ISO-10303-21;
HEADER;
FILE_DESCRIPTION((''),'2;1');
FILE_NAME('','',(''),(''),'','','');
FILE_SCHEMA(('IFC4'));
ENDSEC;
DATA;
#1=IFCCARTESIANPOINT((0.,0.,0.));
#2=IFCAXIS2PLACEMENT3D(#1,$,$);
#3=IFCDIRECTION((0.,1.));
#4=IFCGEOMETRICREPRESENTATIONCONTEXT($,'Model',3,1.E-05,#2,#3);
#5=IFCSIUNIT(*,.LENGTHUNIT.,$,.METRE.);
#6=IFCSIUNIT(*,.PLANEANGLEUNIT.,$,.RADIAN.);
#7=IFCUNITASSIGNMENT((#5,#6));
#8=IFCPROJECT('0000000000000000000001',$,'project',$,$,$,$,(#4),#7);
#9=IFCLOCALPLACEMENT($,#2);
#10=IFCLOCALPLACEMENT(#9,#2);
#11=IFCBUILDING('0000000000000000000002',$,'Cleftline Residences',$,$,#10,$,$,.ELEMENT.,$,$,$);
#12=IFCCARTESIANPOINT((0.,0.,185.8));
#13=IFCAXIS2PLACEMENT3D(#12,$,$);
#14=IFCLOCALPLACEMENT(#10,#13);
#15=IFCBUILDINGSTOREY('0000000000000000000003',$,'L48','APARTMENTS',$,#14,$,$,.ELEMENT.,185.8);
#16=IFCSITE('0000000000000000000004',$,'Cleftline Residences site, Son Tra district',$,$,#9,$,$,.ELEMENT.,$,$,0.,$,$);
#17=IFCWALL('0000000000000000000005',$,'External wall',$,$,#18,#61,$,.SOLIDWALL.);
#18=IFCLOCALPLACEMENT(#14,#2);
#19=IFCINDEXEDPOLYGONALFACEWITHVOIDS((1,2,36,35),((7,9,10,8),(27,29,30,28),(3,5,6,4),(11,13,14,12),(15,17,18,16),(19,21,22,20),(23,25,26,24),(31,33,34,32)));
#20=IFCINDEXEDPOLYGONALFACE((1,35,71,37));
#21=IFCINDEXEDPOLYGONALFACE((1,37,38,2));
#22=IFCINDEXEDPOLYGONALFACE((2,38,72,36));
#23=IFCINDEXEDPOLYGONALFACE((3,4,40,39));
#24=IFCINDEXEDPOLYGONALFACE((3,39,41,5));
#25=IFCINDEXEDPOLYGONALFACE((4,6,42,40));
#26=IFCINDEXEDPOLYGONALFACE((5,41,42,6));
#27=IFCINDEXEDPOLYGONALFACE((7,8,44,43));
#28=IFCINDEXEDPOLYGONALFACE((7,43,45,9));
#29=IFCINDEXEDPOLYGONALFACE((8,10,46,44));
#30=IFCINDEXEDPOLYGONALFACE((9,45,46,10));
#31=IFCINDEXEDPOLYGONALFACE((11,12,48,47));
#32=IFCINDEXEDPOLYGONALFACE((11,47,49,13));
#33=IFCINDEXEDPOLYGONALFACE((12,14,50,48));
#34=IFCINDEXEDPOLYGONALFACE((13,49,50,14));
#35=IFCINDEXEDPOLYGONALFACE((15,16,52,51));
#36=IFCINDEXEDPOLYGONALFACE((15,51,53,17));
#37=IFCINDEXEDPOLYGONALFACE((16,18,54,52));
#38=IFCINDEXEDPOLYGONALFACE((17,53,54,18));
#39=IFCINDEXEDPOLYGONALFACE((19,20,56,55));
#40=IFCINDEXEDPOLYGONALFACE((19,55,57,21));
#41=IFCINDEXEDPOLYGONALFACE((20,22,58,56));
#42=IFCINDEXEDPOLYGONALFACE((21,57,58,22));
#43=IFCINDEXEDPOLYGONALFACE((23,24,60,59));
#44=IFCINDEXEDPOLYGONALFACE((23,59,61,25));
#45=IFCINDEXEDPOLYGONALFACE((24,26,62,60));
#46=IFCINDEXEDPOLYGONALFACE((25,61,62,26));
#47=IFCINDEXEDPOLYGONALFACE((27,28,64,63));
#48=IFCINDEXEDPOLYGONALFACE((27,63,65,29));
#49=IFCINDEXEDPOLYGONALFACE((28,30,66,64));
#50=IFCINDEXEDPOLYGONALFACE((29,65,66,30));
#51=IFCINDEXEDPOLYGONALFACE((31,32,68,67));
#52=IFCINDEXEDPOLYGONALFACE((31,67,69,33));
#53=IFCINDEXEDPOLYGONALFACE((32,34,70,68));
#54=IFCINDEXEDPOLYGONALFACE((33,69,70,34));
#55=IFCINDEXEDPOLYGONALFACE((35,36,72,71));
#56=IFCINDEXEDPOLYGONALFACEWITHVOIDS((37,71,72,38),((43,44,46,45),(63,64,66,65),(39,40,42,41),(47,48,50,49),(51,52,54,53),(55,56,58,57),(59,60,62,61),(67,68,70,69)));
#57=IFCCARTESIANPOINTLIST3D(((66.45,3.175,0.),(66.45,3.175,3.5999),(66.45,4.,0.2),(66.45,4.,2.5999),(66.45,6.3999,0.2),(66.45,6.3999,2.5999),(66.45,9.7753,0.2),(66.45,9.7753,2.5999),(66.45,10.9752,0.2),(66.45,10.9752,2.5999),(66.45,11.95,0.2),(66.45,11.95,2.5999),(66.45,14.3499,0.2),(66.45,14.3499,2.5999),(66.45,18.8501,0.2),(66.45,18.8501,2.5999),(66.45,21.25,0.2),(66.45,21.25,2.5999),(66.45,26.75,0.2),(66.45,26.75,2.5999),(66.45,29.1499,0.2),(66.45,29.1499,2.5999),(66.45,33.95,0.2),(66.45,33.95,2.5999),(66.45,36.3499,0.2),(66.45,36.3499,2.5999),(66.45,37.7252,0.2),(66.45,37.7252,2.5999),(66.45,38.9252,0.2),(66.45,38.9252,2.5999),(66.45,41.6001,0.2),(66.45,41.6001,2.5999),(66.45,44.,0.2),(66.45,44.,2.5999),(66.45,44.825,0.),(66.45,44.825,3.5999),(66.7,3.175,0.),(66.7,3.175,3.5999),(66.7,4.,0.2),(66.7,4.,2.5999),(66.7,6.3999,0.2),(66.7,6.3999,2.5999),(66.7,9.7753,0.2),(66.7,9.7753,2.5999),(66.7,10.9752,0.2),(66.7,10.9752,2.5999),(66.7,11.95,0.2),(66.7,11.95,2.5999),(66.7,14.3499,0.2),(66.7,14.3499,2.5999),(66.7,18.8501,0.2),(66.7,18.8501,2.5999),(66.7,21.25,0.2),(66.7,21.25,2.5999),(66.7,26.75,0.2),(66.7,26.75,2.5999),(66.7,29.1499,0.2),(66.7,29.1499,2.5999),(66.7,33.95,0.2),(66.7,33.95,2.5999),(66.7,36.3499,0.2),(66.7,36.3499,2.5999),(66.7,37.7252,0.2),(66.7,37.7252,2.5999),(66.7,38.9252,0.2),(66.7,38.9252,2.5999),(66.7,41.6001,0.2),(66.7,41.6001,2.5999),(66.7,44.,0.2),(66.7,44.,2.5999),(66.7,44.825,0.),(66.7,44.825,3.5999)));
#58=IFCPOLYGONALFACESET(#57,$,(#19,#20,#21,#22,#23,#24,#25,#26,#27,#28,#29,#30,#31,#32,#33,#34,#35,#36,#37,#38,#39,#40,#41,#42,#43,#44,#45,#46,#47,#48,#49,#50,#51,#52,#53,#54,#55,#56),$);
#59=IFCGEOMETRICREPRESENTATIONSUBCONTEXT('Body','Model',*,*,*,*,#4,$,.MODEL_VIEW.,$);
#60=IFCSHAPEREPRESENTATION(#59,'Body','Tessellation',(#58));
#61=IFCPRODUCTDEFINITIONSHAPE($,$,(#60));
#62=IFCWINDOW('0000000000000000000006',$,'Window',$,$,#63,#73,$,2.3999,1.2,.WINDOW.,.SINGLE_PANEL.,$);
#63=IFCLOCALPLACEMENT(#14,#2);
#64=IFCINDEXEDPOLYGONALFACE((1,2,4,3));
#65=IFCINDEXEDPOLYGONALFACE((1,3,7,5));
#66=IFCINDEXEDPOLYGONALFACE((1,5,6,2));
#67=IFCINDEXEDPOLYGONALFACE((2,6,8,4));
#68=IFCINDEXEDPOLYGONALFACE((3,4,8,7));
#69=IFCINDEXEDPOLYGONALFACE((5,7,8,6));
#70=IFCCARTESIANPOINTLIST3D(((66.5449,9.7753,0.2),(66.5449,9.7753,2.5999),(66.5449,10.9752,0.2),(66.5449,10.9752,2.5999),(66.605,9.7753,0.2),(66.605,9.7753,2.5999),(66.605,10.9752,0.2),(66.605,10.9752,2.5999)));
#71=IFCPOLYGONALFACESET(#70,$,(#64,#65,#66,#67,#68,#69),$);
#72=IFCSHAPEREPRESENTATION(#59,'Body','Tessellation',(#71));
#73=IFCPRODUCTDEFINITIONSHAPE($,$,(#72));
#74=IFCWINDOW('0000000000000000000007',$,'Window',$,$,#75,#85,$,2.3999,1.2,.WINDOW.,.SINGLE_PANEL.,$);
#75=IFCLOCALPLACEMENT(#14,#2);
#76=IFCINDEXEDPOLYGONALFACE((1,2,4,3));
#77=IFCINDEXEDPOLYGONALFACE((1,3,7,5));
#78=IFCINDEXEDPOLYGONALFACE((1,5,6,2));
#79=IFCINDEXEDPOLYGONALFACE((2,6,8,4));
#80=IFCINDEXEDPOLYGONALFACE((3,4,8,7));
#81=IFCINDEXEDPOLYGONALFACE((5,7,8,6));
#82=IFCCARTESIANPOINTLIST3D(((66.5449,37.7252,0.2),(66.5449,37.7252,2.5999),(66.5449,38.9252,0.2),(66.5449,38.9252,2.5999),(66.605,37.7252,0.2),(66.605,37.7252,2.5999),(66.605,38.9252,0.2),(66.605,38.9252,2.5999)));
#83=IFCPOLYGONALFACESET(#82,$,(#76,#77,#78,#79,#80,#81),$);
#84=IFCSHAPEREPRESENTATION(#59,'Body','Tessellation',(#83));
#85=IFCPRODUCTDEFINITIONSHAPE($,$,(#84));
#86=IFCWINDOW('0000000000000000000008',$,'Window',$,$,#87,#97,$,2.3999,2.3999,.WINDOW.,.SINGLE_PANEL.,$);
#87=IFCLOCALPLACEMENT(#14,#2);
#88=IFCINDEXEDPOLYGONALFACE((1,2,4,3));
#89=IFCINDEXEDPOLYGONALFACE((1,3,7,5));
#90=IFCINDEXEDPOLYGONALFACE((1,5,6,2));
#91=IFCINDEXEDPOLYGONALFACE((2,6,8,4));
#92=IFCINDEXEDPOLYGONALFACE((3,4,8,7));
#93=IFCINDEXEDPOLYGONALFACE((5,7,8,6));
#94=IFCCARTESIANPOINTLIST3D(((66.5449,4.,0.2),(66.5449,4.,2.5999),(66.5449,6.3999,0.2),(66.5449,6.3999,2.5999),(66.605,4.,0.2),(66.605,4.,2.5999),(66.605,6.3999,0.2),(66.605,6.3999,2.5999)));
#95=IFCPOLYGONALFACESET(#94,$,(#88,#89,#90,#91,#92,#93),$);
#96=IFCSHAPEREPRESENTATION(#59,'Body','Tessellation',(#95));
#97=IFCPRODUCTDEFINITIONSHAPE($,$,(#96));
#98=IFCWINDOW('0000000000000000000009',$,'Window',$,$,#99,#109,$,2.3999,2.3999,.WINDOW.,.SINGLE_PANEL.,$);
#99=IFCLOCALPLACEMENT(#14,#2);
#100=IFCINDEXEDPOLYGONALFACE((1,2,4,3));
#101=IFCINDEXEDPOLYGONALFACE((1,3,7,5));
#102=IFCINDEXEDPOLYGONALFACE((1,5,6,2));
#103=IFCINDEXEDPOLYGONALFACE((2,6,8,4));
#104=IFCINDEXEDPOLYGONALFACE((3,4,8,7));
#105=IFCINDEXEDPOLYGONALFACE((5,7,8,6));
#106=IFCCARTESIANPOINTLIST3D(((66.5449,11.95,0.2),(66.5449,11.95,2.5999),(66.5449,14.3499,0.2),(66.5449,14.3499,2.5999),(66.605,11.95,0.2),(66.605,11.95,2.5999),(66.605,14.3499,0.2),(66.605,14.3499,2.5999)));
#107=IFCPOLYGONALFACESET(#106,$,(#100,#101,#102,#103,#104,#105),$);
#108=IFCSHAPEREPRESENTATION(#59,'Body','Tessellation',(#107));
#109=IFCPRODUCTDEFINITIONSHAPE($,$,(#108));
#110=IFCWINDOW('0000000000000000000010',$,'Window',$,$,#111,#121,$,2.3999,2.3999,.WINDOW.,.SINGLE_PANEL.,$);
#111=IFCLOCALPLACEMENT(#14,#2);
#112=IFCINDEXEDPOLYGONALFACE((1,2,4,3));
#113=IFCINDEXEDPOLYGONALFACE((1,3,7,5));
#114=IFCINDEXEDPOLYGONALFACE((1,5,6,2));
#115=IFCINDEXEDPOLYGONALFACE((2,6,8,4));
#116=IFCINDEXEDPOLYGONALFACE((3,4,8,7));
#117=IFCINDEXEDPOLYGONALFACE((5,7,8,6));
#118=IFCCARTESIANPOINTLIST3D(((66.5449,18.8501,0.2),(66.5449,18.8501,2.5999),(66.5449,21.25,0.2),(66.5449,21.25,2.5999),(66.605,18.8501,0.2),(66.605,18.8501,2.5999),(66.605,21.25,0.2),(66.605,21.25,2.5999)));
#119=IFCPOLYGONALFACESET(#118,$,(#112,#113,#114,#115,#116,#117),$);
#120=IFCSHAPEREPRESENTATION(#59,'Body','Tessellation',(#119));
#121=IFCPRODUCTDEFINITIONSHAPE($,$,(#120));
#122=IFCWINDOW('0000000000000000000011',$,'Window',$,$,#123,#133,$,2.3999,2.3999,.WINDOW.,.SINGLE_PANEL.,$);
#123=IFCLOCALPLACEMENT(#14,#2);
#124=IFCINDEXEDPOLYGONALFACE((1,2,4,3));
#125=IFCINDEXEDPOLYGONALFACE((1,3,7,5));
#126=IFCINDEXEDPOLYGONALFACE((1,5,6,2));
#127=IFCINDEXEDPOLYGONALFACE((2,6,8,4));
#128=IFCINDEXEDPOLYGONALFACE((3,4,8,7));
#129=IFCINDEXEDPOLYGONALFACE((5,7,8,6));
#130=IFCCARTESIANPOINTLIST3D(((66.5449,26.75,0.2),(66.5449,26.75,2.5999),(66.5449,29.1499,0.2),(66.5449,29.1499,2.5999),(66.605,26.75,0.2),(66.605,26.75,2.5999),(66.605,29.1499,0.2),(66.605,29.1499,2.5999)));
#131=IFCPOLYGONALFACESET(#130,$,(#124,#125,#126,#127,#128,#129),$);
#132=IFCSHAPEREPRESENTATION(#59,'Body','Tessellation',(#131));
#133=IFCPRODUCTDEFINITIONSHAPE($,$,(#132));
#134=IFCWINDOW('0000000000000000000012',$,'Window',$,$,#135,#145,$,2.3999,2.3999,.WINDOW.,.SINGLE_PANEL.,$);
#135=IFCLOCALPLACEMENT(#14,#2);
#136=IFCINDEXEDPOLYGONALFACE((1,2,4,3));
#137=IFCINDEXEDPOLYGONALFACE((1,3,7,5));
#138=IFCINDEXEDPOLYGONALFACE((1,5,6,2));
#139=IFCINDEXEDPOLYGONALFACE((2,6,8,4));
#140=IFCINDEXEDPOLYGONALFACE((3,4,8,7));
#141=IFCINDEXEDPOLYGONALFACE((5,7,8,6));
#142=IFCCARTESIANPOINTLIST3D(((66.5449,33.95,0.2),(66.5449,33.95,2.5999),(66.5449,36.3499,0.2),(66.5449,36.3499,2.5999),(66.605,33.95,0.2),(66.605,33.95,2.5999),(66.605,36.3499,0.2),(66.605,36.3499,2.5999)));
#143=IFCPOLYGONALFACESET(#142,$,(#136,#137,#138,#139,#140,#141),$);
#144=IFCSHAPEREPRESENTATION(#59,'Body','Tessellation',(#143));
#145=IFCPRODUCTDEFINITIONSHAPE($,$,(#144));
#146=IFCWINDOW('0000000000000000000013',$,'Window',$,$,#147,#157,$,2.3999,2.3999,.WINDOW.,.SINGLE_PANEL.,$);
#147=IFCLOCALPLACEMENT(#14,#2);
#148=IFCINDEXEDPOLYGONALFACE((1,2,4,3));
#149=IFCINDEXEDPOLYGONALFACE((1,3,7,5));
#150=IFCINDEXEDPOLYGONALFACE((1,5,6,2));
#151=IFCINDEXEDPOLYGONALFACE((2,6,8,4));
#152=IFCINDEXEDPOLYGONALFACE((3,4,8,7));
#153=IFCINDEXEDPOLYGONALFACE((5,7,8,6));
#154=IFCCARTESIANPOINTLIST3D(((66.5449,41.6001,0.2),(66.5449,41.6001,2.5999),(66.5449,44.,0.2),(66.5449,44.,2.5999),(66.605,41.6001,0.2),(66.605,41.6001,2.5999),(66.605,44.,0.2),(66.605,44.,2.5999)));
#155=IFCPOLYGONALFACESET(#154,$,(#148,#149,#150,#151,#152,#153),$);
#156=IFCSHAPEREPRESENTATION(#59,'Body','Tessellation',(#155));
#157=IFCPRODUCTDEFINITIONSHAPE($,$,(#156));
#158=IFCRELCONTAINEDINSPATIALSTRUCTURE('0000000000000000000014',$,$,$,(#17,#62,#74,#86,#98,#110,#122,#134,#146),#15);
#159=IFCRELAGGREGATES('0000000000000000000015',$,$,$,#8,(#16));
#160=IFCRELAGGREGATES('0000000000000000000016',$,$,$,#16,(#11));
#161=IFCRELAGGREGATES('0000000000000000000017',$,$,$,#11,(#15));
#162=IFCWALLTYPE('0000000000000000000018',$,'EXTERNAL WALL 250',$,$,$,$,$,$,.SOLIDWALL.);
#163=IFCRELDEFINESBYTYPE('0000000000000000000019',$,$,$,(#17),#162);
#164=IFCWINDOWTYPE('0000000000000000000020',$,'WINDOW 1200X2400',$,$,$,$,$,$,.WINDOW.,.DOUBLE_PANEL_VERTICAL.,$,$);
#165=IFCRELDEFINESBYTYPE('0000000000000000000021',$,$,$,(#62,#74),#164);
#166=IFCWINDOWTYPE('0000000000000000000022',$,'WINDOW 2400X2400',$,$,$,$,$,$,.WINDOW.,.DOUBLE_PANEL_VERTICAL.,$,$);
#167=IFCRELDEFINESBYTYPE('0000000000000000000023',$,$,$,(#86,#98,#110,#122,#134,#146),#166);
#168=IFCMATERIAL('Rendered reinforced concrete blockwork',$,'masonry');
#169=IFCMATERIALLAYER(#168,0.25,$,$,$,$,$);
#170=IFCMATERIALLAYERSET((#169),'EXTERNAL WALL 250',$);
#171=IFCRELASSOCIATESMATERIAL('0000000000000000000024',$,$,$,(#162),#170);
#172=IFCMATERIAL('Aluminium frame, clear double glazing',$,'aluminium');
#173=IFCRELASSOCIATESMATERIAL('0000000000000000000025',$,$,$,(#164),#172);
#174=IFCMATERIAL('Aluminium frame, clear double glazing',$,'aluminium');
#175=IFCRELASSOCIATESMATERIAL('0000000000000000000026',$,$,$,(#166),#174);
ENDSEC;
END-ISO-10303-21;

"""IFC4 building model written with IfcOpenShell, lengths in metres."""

from ifc_helpers import new_model, si_unit, direction, frame, frame_2d, origin, place, context, subcontext, project, spatial, rectangle, extrude, material, layer, layer_set, type_object, element, fill, save


model = new_model("IFC4")

# Units and contexts
model_context = context("Model", 3, precision=1e-05, world=origin(), true_north=direction((0.0, 1.0)))
body_context = subcontext(model_context, "Body", "Model", "MODEL_VIEW")
ifc_project = project(units=[si_unit("LENGTHUNIT", "METRE"), si_unit("PLANEANGLEUNIT", "RADIAN")], contexts=[model_context])

# Site, building, storey
site_placement = place(None, origin())
site = spatial("IfcSite", under=ifc_project, at=site_placement, Name="Cleftline Residences site, Son Tra district", CompositionType="ELEMENT", RefElevation=0.0)
building_placement = place(site_placement, origin())
building = spatial("IfcBuilding", under=site, at=building_placement, Name="Cleftline Residences", CompositionType="ELEMENT")
storey_placement = place(building_placement, frame((0.0, 0.0, 185.8)))
storey = spatial("IfcBuildingStorey", under=building, at=storey_placement, Name="L48", Description="APARTMENTS", CompositionType="ELEMENT", Elevation=185.8)

# Wall, openings, windows
ifc_material_1 = material(Name="Rendered reinforced concrete blockwork", Category="masonry")
ifc_layer_1 = layer(ifc_material_1, 0.25)
ifc_layer_set_1 = layer_set([ifc_layer_1], Name="EXTERNAL WALL 250")
wall_type = type_object("IfcWallType", Name="EXTERNAL WALL 250", PredefinedType="SOLIDWALL", material=ifc_layer_set_1)
wall_placement = place(storey_placement, frame((66.575, 3.175, 0.0), z_axis=(0.0, 0.0, 1.0), x_axis=(0.0, 1.0, 0.0)))
wall = element("IfcWall", 1, at=wall_placement, inside=storey, type_object=wall_type, Name="External wall", PredefinedType="SOLIDWALL", context=body_context, shape_type="SweptSolid", body=[
    extrude(rectangle(XDim=41.6499, YDim=0.25, at=frame_2d((20.825, 0.0))), origin(), (0.0, 0.0, 1.0), 3.5999),
])
opening_1_placement = place(wall_placement, frame((0.825, 0.0, 0.2)))
opening_1 = element("IfcOpeningElement", 2, at=opening_1_placement, cuts=wall, PredefinedType="OPENING", context=body_context, shape_type="SweptSolid", body=[
    extrude(rectangle(XDim=2.3999, YDim=2.3999, at=frame_2d((1.2, 1.2))), frame((0.0, 0.135, 0.0), z_axis=(0.0, -1.0, 0.0), x_axis=(1.0, 0.0, 0.0)), (0.0, 0.0, 1.0), 0.27),
])
opening_2_placement = place(wall_placement, frame((6.6001, 0.0, 0.2)))
opening_2 = element("IfcOpeningElement", 3, at=opening_2_placement, cuts=wall, PredefinedType="OPENING", context=body_context, shape_type="SweptSolid", body=[
    extrude(rectangle(XDim=1.2, YDim=2.3999, at=frame_2d((0.6001, 1.2))), frame((0.0, 0.135, 0.0), z_axis=(0.0, -1.0, 0.0), x_axis=(1.0, 0.0, 0.0)), (0.0, 0.0, 1.0), 0.27),
])
opening_3_placement = place(wall_placement, frame((8.7749, 0.0, 0.2)))
opening_3 = element("IfcOpeningElement", 4, at=opening_3_placement, cuts=wall, PredefinedType="OPENING", context=body_context, shape_type="SweptSolid", body=[
    extrude(rectangle(XDim=2.3999, YDim=2.3999, at=frame_2d((1.2, 1.2))), frame((0.0, 0.135, 0.0), z_axis=(0.0, -1.0, 0.0), x_axis=(1.0, 0.0, 0.0)), (0.0, 0.0, 1.0), 0.27),
])
opening_4_placement = place(wall_placement, frame((15.675, 0.0, 0.2)))
opening_4 = element("IfcOpeningElement", 5, at=opening_4_placement, cuts=wall, PredefinedType="OPENING", context=body_context, shape_type="SweptSolid", body=[
    extrude(rectangle(XDim=2.3999, YDim=2.3999, at=frame_2d((1.2, 1.2))), frame((0.0, 0.135, 0.0), z_axis=(0.0, -1.0, 0.0), x_axis=(1.0, 0.0, 0.0)), (0.0, 0.0, 1.0), 0.27),
])
opening_5_placement = place(wall_placement, frame((23.575, 0.0, 0.2)))
opening_5 = element("IfcOpeningElement", 6, at=opening_5_placement, cuts=wall, PredefinedType="OPENING", context=body_context, shape_type="SweptSolid", body=[
    extrude(rectangle(XDim=2.3999, YDim=2.3999, at=frame_2d((1.2, 1.2))), frame((0.0, 0.135, 0.0), z_axis=(0.0, -1.0, 0.0), x_axis=(1.0, 0.0, 0.0)), (0.0, 0.0, 1.0), 0.27),
])
opening_6_placement = place(wall_placement, frame((30.7749, 0.0, 0.2)))
opening_6 = element("IfcOpeningElement", 7, at=opening_6_placement, cuts=wall, PredefinedType="OPENING", context=body_context, shape_type="SweptSolid", body=[
    extrude(rectangle(XDim=2.3999, YDim=2.3999, at=frame_2d((1.2, 1.2))), frame((0.0, 0.135, 0.0), z_axis=(0.0, -1.0, 0.0), x_axis=(1.0, 0.0, 0.0)), (0.0, 0.0, 1.0), 0.27),
])
opening_7_placement = place(wall_placement, frame((34.55, 0.0, 0.2)))
opening_7 = element("IfcOpeningElement", 8, at=opening_7_placement, cuts=wall, PredefinedType="OPENING", context=body_context, shape_type="SweptSolid", body=[
    extrude(rectangle(XDim=1.2, YDim=2.3999, at=frame_2d((0.6001, 1.2))), frame((0.0, 0.135, 0.0), z_axis=(0.0, -1.0, 0.0), x_axis=(1.0, 0.0, 0.0)), (0.0, 0.0, 1.0), 0.27),
])
opening_8_placement = place(wall_placement, frame((38.425, 0.0, 0.2)))
opening_8 = element("IfcOpeningElement", 9, at=opening_8_placement, cuts=wall, PredefinedType="OPENING", context=body_context, shape_type="SweptSolid", body=[
    extrude(rectangle(XDim=2.3999, YDim=2.3999, at=frame_2d((1.2, 1.2))), frame((0.0, 0.135, 0.0), z_axis=(0.0, -1.0, 0.0), x_axis=(1.0, 0.0, 0.0)), (0.0, 0.0, 1.0), 0.27),
])
ifc_material_2 = material(Name="Aluminium frame, clear double glazing", Category="aluminium")
window_type_1 = type_object("IfcWindowType", Name="WINDOW 1200X2400", PartitioningType="DOUBLE_PANEL_VERTICAL", PredefinedType="WINDOW", material=ifc_material_2)
window_1_placement = place(opening_2_placement, origin())
window_1 = element("IfcWindow", 10, at=window_1_placement, inside=storey, type_object=window_type_1, Name="Window", OverallHeight=2.3999, OverallWidth=1.2, PartitioningType="SINGLE_PANEL", PredefinedType="WINDOW", context=body_context, shape_type="SweptSolid", body=[
    extrude(rectangle(XDim=1.2, YDim=2.3999, at=frame_2d((0.6001, 1.2))), frame((0.0, 0.03, 0.0), z_axis=(0.0, -1.0, 0.0), x_axis=(1.0, 0.0, 0.0)), (0.0, 0.0, 1.0), 0.0601),
])
fill(opening_2, window_1)
window_2_placement = place(opening_7_placement, origin())
window_2 = element("IfcWindow", 11, at=window_2_placement, inside=storey, type_object=window_type_1, Name="Window", OverallHeight=2.3999, OverallWidth=1.2, PartitioningType="SINGLE_PANEL", PredefinedType="WINDOW", context=body_context, shape_type="SweptSolid", body=[
    extrude(rectangle(XDim=1.2, YDim=2.3999, at=frame_2d((0.6001, 1.2))), frame((0.0, 0.03, 0.0), z_axis=(0.0, -1.0, 0.0), x_axis=(1.0, 0.0, 0.0)), (0.0, 0.0, 1.0), 0.0601),
])
fill(opening_7, window_2)
ifc_material_3 = material(Name="Aluminium frame, clear double glazing", Category="aluminium")
window_type_2 = type_object("IfcWindowType", Name="WINDOW 2400X2400", PartitioningType="DOUBLE_PANEL_VERTICAL", PredefinedType="WINDOW", material=ifc_material_3)
window_3_placement = place(opening_1_placement, origin())
window_3 = element("IfcWindow", 12, at=window_3_placement, inside=storey, type_object=window_type_2, Name="Window", OverallHeight=2.3999, OverallWidth=2.3999, PartitioningType="SINGLE_PANEL", PredefinedType="WINDOW", context=body_context, shape_type="SweptSolid", body=[
    extrude(rectangle(XDim=2.3999, YDim=2.3999, at=frame_2d((1.2, 1.2))), frame((0.0, 0.03, 0.0), z_axis=(0.0, -1.0, 0.0), x_axis=(1.0, 0.0, 0.0)), (0.0, 0.0, 1.0), 0.0601),
])
fill(opening_1, window_3)
window_4_placement = place(opening_3_placement, origin())
window_4 = element("IfcWindow", 13, at=window_4_placement, inside=storey, type_object=window_type_2, Name="Window", OverallHeight=2.3999, OverallWidth=2.3999, PartitioningType="SINGLE_PANEL", PredefinedType="WINDOW", context=body_context, shape_type="SweptSolid", body=[
    extrude(rectangle(XDim=2.3999, YDim=2.3999, at=frame_2d((1.2, 1.2))), frame((0.0, 0.03, 0.0), z_axis=(0.0, -1.0, 0.0), x_axis=(1.0, 0.0, 0.0)), (0.0, 0.0, 1.0), 0.0601),
])
fill(opening_3, window_4)
window_5_placement = place(opening_4_placement, origin())
window_5 = element("IfcWindow", 14, at=window_5_placement, inside=storey, type_object=window_type_2, Name="Window", OverallHeight=2.3999, OverallWidth=2.3999, PartitioningType="SINGLE_PANEL", PredefinedType="WINDOW", context=body_context, shape_type="SweptSolid", body=[
    extrude(rectangle(XDim=2.3999, YDim=2.3999, at=frame_2d((1.2, 1.2))), frame((0.0, 0.03, 0.0), z_axis=(0.0, -1.0, 0.0), x_axis=(1.0, 0.0, 0.0)), (0.0, 0.0, 1.0), 0.0601),
])
fill(opening_4, window_5)
window_6_placement = place(opening_5_placement, origin())
window_6 = element("IfcWindow", 15, at=window_6_placement, inside=storey, type_object=window_type_2, Name="Window", OverallHeight=2.3999, OverallWidth=2.3999, PartitioningType="SINGLE_PANEL", PredefinedType="WINDOW", context=body_context, shape_type="SweptSolid", body=[
    extrude(rectangle(XDim=2.3999, YDim=2.3999, at=frame_2d((1.2, 1.2))), frame((0.0, 0.03, 0.0), z_axis=(0.0, -1.0, 0.0), x_axis=(1.0, 0.0, 0.0)), (0.0, 0.0, 1.0), 0.0601),
])
fill(opening_5, window_6)
window_7_placement = place(opening_6_placement, origin())
window_7 = element("IfcWindow", 16, at=window_7_placement, inside=storey, type_object=window_type_2, Name="Window", OverallHeight=2.3999, OverallWidth=2.3999, PartitioningType="SINGLE_PANEL", PredefinedType="WINDOW", context=body_context, shape_type="SweptSolid", body=[
    extrude(rectangle(XDim=2.3999, YDim=2.3999, at=frame_2d((1.2, 1.2))), frame((0.0, 0.03, 0.0), z_axis=(0.0, -1.0, 0.0), x_axis=(1.0, 0.0, 0.0)), (0.0, 0.0, 1.0), 0.0601),
])
fill(opening_6, window_7)
window_8_placement = place(opening_8_placement, origin())
window_8 = element("IfcWindow", 17, at=window_8_placement, inside=storey, type_object=window_type_2, Name="Window", OverallHeight=2.3999, OverallWidth=2.3999, PartitioningType="SINGLE_PANEL", PredefinedType="WINDOW", context=body_context, shape_type="SweptSolid", body=[
    extrude(rectangle(XDim=2.3999, YDim=2.3999, at=frame_2d((1.2, 1.2))), frame((0.0, 0.03, 0.0), z_axis=(0.0, -1.0, 0.0), x_axis=(1.0, 0.0, 0.0)), (0.0, 0.0, 1.0), 0.0601),
])
fill(opening_8, window_8)

save(model, "model.ifc")
